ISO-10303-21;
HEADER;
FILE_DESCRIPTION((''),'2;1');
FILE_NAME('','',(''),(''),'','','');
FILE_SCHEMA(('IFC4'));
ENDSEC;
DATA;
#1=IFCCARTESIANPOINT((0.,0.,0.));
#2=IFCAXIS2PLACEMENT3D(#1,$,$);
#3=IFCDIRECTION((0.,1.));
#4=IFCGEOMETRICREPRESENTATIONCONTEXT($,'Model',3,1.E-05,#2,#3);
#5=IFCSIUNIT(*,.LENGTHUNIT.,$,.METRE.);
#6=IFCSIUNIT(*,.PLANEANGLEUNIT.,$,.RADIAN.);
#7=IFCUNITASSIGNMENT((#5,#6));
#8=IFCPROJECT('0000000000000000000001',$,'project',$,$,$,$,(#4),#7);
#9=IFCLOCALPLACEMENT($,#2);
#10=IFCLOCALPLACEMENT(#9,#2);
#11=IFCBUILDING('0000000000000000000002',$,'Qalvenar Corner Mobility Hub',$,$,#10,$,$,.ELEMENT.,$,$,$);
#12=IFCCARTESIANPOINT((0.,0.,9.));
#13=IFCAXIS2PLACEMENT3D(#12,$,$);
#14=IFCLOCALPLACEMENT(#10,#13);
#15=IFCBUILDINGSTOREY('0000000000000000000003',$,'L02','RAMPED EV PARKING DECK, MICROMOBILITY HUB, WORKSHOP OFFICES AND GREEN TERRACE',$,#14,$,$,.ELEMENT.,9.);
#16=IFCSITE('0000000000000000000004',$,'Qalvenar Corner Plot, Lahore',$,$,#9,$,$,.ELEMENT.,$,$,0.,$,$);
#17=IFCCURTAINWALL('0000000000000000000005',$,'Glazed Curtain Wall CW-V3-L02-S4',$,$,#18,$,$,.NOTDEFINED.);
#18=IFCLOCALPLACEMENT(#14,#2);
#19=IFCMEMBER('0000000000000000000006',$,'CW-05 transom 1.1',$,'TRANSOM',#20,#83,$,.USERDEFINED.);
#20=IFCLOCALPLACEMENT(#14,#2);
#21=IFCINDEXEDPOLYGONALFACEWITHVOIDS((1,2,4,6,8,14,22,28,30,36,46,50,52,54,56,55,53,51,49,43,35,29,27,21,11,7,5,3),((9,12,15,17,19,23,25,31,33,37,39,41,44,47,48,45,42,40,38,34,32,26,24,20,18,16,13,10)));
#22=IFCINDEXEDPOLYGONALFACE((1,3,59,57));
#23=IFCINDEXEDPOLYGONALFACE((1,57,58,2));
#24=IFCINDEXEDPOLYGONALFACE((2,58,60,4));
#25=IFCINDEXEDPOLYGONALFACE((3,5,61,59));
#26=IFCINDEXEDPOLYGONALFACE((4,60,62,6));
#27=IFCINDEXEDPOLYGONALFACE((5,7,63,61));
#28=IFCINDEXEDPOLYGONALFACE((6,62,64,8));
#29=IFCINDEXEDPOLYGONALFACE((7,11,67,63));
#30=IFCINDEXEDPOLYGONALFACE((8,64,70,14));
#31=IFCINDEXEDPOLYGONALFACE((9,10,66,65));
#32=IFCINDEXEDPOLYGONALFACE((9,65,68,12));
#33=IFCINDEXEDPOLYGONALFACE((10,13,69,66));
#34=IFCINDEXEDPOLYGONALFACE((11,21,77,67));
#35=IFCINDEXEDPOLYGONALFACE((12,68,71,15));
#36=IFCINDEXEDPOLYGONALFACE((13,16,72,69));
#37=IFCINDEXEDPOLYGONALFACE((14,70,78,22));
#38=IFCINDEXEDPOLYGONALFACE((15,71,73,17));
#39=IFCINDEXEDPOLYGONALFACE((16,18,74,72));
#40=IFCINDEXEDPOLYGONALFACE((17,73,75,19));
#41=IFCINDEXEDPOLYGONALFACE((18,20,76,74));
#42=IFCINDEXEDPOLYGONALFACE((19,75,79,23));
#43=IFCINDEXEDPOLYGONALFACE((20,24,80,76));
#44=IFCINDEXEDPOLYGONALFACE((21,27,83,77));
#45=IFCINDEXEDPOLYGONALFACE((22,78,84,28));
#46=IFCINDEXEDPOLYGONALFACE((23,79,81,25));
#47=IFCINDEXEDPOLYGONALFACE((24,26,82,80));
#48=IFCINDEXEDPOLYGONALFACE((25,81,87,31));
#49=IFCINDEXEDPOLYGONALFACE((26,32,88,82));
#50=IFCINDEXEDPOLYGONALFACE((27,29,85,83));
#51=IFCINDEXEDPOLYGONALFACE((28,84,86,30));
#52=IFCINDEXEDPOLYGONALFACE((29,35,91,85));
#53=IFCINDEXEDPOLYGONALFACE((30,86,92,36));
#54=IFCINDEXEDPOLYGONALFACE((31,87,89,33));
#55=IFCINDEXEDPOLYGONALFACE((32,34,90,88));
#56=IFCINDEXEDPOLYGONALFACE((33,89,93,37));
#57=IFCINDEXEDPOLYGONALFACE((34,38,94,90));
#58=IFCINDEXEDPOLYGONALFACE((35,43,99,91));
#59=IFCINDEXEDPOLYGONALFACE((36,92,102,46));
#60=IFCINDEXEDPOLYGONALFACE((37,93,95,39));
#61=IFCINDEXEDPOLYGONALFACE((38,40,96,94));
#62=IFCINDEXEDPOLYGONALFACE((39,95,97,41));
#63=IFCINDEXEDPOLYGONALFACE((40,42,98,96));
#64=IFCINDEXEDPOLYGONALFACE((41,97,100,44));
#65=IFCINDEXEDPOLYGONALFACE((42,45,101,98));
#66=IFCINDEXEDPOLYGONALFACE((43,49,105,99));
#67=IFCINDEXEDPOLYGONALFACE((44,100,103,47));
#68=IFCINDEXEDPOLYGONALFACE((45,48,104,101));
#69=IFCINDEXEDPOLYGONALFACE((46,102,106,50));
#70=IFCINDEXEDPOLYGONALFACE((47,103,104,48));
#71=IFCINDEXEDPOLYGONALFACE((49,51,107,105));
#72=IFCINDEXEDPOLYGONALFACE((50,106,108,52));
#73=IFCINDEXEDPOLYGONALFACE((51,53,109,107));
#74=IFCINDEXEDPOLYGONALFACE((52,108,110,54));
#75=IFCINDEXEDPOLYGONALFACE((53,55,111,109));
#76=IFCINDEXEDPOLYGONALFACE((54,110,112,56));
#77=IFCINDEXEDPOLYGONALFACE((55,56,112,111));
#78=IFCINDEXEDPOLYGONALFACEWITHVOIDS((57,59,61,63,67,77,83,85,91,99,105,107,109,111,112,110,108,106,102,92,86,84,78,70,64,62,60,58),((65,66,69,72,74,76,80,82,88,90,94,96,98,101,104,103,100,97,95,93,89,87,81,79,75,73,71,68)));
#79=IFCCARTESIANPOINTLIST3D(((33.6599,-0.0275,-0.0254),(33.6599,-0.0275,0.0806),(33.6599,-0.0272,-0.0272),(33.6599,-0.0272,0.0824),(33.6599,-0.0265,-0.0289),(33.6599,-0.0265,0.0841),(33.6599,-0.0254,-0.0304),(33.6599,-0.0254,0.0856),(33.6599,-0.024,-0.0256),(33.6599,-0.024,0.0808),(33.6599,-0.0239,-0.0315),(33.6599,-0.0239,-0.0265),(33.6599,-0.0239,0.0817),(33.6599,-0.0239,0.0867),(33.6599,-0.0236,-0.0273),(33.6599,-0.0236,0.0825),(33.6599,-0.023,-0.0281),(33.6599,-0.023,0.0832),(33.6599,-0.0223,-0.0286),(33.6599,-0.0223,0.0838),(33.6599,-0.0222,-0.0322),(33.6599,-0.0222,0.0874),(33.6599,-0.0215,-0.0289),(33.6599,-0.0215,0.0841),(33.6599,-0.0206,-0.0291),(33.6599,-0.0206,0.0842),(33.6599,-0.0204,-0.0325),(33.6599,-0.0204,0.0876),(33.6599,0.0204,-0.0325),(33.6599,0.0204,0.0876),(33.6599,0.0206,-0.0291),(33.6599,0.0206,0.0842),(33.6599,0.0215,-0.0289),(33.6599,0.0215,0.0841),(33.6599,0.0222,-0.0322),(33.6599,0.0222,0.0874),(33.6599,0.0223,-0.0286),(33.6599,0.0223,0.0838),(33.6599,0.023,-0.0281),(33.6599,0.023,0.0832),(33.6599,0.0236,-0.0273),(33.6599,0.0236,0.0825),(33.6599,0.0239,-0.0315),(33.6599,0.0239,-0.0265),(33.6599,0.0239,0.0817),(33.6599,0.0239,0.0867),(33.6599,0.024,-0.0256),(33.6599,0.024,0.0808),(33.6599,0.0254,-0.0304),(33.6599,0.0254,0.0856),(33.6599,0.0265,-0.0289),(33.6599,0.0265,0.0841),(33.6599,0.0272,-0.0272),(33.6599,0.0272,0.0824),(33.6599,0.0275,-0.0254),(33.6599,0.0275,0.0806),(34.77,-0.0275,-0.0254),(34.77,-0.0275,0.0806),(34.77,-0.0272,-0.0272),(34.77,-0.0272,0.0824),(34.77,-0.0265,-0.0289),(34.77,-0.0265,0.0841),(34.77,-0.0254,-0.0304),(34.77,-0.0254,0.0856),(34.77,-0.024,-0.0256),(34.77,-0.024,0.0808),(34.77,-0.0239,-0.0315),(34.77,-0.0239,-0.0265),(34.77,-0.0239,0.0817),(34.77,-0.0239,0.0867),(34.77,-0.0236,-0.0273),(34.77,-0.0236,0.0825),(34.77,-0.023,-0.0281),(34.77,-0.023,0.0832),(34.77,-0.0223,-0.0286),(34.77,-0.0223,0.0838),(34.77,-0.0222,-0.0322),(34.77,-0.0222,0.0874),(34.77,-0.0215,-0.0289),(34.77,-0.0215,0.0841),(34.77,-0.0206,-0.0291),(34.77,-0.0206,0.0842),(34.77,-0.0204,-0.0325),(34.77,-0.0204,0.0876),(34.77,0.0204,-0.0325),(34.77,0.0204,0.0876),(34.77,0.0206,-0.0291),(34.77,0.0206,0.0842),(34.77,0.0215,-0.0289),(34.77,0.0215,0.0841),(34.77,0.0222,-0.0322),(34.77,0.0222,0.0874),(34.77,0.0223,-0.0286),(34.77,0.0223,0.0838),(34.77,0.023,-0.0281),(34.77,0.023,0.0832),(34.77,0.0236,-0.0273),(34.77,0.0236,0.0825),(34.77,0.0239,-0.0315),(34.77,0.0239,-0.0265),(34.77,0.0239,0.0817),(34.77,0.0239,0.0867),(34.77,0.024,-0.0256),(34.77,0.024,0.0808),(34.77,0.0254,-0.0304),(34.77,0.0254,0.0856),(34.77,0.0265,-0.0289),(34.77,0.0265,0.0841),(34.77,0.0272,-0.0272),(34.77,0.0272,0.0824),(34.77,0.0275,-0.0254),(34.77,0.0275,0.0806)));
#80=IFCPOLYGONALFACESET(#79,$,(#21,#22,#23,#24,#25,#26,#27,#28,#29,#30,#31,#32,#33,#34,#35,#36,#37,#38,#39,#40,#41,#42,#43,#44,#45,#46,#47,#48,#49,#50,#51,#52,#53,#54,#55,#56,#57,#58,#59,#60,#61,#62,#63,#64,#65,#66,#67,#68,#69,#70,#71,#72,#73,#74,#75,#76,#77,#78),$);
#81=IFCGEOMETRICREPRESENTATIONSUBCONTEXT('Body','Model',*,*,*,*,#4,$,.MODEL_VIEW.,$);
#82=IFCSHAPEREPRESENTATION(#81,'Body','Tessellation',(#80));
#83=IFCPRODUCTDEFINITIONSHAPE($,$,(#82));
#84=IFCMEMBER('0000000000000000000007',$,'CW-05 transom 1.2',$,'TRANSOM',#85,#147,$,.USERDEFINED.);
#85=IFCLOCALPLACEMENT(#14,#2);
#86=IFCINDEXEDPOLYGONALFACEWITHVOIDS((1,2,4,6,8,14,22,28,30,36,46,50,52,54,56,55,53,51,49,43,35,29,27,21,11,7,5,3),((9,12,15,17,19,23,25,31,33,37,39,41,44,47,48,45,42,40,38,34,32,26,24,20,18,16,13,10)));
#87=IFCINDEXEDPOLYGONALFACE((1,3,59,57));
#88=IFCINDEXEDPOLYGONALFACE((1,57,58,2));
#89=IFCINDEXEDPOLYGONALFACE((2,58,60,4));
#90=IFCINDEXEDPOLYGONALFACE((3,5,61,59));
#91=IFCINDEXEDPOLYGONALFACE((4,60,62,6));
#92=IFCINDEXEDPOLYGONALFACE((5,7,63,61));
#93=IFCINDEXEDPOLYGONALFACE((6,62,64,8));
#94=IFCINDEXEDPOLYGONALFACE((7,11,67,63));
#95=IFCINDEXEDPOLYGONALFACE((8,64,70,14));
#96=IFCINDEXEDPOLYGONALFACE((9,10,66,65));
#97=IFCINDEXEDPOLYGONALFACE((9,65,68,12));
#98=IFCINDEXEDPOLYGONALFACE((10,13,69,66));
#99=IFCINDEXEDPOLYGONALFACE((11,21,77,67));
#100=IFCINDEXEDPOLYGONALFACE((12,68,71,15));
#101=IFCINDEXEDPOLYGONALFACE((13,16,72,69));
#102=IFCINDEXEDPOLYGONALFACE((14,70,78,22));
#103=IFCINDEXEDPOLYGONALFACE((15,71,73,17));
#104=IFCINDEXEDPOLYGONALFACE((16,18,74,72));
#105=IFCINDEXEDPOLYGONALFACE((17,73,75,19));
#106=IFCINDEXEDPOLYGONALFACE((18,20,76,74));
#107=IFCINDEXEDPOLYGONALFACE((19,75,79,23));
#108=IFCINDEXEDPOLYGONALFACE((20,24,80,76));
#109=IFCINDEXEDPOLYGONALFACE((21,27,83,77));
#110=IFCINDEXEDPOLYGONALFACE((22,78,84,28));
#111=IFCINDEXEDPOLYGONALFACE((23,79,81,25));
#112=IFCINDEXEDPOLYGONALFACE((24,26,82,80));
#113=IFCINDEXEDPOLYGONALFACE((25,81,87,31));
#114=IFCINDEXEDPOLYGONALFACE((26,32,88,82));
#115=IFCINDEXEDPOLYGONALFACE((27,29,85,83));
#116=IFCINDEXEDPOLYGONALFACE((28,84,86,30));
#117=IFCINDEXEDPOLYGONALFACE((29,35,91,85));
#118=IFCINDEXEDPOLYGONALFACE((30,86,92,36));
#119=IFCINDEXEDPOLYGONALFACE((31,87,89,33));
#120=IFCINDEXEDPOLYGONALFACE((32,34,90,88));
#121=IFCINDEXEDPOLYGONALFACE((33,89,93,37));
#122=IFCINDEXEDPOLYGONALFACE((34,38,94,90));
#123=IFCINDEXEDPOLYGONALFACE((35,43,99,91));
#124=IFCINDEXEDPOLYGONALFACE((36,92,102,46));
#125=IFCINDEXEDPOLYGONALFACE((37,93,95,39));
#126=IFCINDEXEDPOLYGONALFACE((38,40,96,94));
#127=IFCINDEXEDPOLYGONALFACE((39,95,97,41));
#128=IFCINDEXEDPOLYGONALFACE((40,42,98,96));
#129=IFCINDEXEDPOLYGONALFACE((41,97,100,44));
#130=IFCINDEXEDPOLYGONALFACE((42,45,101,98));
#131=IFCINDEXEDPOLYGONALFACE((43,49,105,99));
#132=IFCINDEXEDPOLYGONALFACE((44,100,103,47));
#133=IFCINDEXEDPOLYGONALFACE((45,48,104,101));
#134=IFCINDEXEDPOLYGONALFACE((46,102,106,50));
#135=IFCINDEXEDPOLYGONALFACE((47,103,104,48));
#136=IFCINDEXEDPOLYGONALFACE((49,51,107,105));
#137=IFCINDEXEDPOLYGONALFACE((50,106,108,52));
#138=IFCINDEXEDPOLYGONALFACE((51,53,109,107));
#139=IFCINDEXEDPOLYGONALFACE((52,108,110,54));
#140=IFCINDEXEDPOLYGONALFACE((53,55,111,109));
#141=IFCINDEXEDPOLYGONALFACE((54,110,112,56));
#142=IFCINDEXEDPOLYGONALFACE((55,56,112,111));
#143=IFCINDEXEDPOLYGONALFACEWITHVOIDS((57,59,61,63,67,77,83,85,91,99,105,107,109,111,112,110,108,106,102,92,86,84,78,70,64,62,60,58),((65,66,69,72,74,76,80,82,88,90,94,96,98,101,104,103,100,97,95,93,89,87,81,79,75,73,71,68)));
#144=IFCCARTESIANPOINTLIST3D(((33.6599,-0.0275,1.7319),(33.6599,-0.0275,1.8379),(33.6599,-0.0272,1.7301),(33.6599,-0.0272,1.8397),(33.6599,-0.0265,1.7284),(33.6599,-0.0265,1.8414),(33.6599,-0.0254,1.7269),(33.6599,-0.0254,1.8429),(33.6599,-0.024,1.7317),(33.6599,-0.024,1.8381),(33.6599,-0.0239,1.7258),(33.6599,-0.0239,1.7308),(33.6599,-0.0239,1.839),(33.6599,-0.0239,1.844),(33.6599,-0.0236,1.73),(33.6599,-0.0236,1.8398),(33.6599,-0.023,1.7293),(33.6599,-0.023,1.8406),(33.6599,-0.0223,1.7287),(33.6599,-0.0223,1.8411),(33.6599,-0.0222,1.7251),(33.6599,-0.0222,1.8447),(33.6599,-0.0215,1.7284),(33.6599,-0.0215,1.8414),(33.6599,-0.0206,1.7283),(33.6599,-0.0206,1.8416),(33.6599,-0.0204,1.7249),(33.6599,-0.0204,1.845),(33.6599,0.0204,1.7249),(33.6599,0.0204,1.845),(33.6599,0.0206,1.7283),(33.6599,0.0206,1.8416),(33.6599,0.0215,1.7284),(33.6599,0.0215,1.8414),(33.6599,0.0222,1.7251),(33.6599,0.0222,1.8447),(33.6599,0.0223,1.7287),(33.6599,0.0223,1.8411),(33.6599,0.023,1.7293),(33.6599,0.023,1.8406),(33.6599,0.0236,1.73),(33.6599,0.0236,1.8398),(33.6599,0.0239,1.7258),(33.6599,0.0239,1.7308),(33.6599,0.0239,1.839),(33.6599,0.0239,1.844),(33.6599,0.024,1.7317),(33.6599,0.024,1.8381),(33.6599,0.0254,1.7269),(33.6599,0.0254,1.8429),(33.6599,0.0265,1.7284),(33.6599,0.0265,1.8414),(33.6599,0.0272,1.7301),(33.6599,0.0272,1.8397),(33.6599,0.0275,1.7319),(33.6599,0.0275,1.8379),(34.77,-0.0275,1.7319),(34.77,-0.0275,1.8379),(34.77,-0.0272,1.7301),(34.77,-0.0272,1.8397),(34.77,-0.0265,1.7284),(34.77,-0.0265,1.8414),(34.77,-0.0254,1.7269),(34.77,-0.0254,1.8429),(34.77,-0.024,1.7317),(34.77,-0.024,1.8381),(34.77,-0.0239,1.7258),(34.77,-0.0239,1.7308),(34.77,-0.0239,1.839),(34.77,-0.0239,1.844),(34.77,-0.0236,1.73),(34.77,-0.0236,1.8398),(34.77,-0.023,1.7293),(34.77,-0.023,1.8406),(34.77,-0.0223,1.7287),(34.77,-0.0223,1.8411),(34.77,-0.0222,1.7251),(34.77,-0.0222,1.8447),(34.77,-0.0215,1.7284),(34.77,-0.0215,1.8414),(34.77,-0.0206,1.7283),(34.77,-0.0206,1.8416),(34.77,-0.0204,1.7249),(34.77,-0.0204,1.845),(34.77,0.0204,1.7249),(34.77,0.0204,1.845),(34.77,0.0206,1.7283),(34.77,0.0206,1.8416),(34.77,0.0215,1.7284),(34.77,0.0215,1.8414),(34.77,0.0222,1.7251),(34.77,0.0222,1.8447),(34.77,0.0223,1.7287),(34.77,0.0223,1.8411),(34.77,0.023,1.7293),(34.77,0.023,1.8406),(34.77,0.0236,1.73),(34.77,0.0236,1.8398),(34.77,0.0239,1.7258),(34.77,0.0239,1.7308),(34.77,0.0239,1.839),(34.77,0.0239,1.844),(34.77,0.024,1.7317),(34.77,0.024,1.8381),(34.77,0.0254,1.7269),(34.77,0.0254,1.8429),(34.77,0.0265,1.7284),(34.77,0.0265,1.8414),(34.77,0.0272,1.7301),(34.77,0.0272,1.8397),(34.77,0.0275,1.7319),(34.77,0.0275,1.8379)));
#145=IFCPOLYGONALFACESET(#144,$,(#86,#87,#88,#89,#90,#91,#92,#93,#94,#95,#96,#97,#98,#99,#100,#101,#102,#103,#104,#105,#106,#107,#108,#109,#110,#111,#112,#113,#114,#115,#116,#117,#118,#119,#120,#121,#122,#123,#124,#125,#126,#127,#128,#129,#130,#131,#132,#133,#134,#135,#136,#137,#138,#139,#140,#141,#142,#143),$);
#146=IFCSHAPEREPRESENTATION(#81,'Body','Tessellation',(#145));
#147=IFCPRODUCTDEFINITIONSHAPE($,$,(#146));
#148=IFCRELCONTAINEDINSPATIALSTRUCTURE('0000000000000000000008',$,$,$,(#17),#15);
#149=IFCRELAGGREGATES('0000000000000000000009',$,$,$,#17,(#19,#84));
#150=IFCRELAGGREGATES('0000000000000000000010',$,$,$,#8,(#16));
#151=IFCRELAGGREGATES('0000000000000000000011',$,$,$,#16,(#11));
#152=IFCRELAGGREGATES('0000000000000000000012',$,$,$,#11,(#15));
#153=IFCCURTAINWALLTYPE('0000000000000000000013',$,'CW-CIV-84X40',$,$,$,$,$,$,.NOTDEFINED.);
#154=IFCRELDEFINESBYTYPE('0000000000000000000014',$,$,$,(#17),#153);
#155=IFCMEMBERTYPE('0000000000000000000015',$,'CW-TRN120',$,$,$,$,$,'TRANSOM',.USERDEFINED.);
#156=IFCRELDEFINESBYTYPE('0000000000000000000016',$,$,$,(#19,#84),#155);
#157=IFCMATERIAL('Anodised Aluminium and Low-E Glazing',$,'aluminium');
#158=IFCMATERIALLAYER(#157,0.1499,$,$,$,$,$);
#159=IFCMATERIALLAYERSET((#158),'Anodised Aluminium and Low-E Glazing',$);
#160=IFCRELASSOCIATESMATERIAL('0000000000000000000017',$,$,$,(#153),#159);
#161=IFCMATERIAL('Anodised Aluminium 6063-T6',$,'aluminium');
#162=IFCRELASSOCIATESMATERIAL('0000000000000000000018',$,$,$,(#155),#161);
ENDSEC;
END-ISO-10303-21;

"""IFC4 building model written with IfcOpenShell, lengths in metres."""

from ifc_helpers import new_model, si_unit, direction, frame, origin, origin_2d, place, context, subcontext, project, spatial, hollow_rectangle, extrude, material, layer, layer_set, material_profile, profile_set, type_object, element, aggregate, save


model = new_model("IFC4")

# Units and contexts
model_context = context("Model", 3, precision=1e-05, world=origin(), true_north=direction((0.0, 1.0)))
body_context = subcontext(model_context, "Body", "Model", "MODEL_VIEW")
ifc_project = project(units=[si_unit("LENGTHUNIT", "METRE"), si_unit("PLANEANGLEUNIT", "RADIAN")], contexts=[model_context])

# Site, building, storey
site_placement = place(None, origin())
site = spatial("IfcSite", under=ifc_project, at=site_placement, Name="Qalvenar Corner Plot, Lahore", CompositionType="ELEMENT", RefElevation=0.0)
building_placement = place(site_placement, origin())
building = spatial("IfcBuilding", under=site, at=building_placement, Name="Qalvenar Corner Mobility Hub", CompositionType="ELEMENT")
storey_placement = place(building_placement, frame((0.0, 0.0, 9.0)))
storey = spatial("IfcBuildingStorey", under=building, at=storey_placement, Name="L02", Description="RAMPED EV PARKING DECK, MICROMOBILITY HUB, WORKSHOP OFFICES AND GREEN TERRACE", CompositionType="ELEMENT", Elevation=9.0)

# Curtain wall, members
ifc_material_1 = material(Name="Anodised Aluminium and Low-E Glazing", Category="aluminium")
ifc_layer_1 = layer(ifc_material_1, 0.1499)
ifc_layer_set_1 = layer_set([ifc_layer_1], Name="Anodised Aluminium and Low-E Glazing")
curtain_wall_type = type_object("IfcCurtainWallType", Name="CW-CIV-84X40", PredefinedType="NOTDEFINED", material=ifc_layer_set_1)
curtain_wall_placement = place(storey_placement, origin())
curtain_wall = element("IfcCurtainWall", 1, at=curtain_wall_placement, inside=storey, type_object=curtain_wall_type, Name="Glazed Curtain Wall CW-V3-L02-S4", PredefinedType="NOTDEFINED")
ifc_material_2 = material(Name="Anodised Aluminium 6063-T6", Category="aluminium")
ifc_material_profile_1 = material_profile(ifc_material_2, hollow_rectangle(XDim=0.0549, YDim=0.1201, WallThickness=0.0034, InnerFilletRadius=0.0034, OuterFilletRadius=0.0071, at=origin_2d()), Name="RHS120x55x3.5")
ifc_profile_set_1 = profile_set([ifc_material_profile_1], Name="Anodised Aluminium 6063-T6")
member_type_1 = type_object("IfcMemberType", Name="CW-TRN120", ElementType="TRANSOM", PredefinedType="USERDEFINED", material=ifc_profile_set_1)
member_1_placement = place(storey_placement, frame((33.6599, 0.0, 0.0276), z_axis=(1.0, 0.0, 0.0), x_axis=(0.0, 1.0, 0.0)))
member_1 = element("IfcMember", 2, at=member_1_placement, type_object=member_type_1, Name="CW-05 transom 1.1", ObjectType="TRANSOM", PredefinedType="USERDEFINED", context=body_context, shape_type="SweptSolid", body=[
    extrude(hollow_rectangle(XDim=0.0549, YDim=0.1201, WallThickness=0.0034, InnerFilletRadius=0.0034, OuterFilletRadius=0.0071, at=origin_2d()), origin(), (0.0, 0.0, 1.0), 1.1101),
])
member_2_placement = place(storey_placement, frame((33.6599, 0.0, 1.7849), z_axis=(1.0, 0.0, 0.0), x_axis=(0.0, 1.0, 0.0)))
member_2 = element("IfcMember", 3, at=member_2_placement, type_object=member_type_1, Name="CW-05 transom 1.2", ObjectType="TRANSOM", PredefinedType="USERDEFINED", context=body_context, shape_type="SweptSolid", body=[
    extrude(hollow_rectangle(XDim=0.0549, YDim=0.1201, WallThickness=0.0034, InnerFilletRadius=0.0034, OuterFilletRadius=0.0071, at=origin_2d()), origin(), (0.0, 0.0, 1.0), 1.1101),
])
aggregate(curtain_wall, [member_1, member_2])

save(model, "model.ifc")
